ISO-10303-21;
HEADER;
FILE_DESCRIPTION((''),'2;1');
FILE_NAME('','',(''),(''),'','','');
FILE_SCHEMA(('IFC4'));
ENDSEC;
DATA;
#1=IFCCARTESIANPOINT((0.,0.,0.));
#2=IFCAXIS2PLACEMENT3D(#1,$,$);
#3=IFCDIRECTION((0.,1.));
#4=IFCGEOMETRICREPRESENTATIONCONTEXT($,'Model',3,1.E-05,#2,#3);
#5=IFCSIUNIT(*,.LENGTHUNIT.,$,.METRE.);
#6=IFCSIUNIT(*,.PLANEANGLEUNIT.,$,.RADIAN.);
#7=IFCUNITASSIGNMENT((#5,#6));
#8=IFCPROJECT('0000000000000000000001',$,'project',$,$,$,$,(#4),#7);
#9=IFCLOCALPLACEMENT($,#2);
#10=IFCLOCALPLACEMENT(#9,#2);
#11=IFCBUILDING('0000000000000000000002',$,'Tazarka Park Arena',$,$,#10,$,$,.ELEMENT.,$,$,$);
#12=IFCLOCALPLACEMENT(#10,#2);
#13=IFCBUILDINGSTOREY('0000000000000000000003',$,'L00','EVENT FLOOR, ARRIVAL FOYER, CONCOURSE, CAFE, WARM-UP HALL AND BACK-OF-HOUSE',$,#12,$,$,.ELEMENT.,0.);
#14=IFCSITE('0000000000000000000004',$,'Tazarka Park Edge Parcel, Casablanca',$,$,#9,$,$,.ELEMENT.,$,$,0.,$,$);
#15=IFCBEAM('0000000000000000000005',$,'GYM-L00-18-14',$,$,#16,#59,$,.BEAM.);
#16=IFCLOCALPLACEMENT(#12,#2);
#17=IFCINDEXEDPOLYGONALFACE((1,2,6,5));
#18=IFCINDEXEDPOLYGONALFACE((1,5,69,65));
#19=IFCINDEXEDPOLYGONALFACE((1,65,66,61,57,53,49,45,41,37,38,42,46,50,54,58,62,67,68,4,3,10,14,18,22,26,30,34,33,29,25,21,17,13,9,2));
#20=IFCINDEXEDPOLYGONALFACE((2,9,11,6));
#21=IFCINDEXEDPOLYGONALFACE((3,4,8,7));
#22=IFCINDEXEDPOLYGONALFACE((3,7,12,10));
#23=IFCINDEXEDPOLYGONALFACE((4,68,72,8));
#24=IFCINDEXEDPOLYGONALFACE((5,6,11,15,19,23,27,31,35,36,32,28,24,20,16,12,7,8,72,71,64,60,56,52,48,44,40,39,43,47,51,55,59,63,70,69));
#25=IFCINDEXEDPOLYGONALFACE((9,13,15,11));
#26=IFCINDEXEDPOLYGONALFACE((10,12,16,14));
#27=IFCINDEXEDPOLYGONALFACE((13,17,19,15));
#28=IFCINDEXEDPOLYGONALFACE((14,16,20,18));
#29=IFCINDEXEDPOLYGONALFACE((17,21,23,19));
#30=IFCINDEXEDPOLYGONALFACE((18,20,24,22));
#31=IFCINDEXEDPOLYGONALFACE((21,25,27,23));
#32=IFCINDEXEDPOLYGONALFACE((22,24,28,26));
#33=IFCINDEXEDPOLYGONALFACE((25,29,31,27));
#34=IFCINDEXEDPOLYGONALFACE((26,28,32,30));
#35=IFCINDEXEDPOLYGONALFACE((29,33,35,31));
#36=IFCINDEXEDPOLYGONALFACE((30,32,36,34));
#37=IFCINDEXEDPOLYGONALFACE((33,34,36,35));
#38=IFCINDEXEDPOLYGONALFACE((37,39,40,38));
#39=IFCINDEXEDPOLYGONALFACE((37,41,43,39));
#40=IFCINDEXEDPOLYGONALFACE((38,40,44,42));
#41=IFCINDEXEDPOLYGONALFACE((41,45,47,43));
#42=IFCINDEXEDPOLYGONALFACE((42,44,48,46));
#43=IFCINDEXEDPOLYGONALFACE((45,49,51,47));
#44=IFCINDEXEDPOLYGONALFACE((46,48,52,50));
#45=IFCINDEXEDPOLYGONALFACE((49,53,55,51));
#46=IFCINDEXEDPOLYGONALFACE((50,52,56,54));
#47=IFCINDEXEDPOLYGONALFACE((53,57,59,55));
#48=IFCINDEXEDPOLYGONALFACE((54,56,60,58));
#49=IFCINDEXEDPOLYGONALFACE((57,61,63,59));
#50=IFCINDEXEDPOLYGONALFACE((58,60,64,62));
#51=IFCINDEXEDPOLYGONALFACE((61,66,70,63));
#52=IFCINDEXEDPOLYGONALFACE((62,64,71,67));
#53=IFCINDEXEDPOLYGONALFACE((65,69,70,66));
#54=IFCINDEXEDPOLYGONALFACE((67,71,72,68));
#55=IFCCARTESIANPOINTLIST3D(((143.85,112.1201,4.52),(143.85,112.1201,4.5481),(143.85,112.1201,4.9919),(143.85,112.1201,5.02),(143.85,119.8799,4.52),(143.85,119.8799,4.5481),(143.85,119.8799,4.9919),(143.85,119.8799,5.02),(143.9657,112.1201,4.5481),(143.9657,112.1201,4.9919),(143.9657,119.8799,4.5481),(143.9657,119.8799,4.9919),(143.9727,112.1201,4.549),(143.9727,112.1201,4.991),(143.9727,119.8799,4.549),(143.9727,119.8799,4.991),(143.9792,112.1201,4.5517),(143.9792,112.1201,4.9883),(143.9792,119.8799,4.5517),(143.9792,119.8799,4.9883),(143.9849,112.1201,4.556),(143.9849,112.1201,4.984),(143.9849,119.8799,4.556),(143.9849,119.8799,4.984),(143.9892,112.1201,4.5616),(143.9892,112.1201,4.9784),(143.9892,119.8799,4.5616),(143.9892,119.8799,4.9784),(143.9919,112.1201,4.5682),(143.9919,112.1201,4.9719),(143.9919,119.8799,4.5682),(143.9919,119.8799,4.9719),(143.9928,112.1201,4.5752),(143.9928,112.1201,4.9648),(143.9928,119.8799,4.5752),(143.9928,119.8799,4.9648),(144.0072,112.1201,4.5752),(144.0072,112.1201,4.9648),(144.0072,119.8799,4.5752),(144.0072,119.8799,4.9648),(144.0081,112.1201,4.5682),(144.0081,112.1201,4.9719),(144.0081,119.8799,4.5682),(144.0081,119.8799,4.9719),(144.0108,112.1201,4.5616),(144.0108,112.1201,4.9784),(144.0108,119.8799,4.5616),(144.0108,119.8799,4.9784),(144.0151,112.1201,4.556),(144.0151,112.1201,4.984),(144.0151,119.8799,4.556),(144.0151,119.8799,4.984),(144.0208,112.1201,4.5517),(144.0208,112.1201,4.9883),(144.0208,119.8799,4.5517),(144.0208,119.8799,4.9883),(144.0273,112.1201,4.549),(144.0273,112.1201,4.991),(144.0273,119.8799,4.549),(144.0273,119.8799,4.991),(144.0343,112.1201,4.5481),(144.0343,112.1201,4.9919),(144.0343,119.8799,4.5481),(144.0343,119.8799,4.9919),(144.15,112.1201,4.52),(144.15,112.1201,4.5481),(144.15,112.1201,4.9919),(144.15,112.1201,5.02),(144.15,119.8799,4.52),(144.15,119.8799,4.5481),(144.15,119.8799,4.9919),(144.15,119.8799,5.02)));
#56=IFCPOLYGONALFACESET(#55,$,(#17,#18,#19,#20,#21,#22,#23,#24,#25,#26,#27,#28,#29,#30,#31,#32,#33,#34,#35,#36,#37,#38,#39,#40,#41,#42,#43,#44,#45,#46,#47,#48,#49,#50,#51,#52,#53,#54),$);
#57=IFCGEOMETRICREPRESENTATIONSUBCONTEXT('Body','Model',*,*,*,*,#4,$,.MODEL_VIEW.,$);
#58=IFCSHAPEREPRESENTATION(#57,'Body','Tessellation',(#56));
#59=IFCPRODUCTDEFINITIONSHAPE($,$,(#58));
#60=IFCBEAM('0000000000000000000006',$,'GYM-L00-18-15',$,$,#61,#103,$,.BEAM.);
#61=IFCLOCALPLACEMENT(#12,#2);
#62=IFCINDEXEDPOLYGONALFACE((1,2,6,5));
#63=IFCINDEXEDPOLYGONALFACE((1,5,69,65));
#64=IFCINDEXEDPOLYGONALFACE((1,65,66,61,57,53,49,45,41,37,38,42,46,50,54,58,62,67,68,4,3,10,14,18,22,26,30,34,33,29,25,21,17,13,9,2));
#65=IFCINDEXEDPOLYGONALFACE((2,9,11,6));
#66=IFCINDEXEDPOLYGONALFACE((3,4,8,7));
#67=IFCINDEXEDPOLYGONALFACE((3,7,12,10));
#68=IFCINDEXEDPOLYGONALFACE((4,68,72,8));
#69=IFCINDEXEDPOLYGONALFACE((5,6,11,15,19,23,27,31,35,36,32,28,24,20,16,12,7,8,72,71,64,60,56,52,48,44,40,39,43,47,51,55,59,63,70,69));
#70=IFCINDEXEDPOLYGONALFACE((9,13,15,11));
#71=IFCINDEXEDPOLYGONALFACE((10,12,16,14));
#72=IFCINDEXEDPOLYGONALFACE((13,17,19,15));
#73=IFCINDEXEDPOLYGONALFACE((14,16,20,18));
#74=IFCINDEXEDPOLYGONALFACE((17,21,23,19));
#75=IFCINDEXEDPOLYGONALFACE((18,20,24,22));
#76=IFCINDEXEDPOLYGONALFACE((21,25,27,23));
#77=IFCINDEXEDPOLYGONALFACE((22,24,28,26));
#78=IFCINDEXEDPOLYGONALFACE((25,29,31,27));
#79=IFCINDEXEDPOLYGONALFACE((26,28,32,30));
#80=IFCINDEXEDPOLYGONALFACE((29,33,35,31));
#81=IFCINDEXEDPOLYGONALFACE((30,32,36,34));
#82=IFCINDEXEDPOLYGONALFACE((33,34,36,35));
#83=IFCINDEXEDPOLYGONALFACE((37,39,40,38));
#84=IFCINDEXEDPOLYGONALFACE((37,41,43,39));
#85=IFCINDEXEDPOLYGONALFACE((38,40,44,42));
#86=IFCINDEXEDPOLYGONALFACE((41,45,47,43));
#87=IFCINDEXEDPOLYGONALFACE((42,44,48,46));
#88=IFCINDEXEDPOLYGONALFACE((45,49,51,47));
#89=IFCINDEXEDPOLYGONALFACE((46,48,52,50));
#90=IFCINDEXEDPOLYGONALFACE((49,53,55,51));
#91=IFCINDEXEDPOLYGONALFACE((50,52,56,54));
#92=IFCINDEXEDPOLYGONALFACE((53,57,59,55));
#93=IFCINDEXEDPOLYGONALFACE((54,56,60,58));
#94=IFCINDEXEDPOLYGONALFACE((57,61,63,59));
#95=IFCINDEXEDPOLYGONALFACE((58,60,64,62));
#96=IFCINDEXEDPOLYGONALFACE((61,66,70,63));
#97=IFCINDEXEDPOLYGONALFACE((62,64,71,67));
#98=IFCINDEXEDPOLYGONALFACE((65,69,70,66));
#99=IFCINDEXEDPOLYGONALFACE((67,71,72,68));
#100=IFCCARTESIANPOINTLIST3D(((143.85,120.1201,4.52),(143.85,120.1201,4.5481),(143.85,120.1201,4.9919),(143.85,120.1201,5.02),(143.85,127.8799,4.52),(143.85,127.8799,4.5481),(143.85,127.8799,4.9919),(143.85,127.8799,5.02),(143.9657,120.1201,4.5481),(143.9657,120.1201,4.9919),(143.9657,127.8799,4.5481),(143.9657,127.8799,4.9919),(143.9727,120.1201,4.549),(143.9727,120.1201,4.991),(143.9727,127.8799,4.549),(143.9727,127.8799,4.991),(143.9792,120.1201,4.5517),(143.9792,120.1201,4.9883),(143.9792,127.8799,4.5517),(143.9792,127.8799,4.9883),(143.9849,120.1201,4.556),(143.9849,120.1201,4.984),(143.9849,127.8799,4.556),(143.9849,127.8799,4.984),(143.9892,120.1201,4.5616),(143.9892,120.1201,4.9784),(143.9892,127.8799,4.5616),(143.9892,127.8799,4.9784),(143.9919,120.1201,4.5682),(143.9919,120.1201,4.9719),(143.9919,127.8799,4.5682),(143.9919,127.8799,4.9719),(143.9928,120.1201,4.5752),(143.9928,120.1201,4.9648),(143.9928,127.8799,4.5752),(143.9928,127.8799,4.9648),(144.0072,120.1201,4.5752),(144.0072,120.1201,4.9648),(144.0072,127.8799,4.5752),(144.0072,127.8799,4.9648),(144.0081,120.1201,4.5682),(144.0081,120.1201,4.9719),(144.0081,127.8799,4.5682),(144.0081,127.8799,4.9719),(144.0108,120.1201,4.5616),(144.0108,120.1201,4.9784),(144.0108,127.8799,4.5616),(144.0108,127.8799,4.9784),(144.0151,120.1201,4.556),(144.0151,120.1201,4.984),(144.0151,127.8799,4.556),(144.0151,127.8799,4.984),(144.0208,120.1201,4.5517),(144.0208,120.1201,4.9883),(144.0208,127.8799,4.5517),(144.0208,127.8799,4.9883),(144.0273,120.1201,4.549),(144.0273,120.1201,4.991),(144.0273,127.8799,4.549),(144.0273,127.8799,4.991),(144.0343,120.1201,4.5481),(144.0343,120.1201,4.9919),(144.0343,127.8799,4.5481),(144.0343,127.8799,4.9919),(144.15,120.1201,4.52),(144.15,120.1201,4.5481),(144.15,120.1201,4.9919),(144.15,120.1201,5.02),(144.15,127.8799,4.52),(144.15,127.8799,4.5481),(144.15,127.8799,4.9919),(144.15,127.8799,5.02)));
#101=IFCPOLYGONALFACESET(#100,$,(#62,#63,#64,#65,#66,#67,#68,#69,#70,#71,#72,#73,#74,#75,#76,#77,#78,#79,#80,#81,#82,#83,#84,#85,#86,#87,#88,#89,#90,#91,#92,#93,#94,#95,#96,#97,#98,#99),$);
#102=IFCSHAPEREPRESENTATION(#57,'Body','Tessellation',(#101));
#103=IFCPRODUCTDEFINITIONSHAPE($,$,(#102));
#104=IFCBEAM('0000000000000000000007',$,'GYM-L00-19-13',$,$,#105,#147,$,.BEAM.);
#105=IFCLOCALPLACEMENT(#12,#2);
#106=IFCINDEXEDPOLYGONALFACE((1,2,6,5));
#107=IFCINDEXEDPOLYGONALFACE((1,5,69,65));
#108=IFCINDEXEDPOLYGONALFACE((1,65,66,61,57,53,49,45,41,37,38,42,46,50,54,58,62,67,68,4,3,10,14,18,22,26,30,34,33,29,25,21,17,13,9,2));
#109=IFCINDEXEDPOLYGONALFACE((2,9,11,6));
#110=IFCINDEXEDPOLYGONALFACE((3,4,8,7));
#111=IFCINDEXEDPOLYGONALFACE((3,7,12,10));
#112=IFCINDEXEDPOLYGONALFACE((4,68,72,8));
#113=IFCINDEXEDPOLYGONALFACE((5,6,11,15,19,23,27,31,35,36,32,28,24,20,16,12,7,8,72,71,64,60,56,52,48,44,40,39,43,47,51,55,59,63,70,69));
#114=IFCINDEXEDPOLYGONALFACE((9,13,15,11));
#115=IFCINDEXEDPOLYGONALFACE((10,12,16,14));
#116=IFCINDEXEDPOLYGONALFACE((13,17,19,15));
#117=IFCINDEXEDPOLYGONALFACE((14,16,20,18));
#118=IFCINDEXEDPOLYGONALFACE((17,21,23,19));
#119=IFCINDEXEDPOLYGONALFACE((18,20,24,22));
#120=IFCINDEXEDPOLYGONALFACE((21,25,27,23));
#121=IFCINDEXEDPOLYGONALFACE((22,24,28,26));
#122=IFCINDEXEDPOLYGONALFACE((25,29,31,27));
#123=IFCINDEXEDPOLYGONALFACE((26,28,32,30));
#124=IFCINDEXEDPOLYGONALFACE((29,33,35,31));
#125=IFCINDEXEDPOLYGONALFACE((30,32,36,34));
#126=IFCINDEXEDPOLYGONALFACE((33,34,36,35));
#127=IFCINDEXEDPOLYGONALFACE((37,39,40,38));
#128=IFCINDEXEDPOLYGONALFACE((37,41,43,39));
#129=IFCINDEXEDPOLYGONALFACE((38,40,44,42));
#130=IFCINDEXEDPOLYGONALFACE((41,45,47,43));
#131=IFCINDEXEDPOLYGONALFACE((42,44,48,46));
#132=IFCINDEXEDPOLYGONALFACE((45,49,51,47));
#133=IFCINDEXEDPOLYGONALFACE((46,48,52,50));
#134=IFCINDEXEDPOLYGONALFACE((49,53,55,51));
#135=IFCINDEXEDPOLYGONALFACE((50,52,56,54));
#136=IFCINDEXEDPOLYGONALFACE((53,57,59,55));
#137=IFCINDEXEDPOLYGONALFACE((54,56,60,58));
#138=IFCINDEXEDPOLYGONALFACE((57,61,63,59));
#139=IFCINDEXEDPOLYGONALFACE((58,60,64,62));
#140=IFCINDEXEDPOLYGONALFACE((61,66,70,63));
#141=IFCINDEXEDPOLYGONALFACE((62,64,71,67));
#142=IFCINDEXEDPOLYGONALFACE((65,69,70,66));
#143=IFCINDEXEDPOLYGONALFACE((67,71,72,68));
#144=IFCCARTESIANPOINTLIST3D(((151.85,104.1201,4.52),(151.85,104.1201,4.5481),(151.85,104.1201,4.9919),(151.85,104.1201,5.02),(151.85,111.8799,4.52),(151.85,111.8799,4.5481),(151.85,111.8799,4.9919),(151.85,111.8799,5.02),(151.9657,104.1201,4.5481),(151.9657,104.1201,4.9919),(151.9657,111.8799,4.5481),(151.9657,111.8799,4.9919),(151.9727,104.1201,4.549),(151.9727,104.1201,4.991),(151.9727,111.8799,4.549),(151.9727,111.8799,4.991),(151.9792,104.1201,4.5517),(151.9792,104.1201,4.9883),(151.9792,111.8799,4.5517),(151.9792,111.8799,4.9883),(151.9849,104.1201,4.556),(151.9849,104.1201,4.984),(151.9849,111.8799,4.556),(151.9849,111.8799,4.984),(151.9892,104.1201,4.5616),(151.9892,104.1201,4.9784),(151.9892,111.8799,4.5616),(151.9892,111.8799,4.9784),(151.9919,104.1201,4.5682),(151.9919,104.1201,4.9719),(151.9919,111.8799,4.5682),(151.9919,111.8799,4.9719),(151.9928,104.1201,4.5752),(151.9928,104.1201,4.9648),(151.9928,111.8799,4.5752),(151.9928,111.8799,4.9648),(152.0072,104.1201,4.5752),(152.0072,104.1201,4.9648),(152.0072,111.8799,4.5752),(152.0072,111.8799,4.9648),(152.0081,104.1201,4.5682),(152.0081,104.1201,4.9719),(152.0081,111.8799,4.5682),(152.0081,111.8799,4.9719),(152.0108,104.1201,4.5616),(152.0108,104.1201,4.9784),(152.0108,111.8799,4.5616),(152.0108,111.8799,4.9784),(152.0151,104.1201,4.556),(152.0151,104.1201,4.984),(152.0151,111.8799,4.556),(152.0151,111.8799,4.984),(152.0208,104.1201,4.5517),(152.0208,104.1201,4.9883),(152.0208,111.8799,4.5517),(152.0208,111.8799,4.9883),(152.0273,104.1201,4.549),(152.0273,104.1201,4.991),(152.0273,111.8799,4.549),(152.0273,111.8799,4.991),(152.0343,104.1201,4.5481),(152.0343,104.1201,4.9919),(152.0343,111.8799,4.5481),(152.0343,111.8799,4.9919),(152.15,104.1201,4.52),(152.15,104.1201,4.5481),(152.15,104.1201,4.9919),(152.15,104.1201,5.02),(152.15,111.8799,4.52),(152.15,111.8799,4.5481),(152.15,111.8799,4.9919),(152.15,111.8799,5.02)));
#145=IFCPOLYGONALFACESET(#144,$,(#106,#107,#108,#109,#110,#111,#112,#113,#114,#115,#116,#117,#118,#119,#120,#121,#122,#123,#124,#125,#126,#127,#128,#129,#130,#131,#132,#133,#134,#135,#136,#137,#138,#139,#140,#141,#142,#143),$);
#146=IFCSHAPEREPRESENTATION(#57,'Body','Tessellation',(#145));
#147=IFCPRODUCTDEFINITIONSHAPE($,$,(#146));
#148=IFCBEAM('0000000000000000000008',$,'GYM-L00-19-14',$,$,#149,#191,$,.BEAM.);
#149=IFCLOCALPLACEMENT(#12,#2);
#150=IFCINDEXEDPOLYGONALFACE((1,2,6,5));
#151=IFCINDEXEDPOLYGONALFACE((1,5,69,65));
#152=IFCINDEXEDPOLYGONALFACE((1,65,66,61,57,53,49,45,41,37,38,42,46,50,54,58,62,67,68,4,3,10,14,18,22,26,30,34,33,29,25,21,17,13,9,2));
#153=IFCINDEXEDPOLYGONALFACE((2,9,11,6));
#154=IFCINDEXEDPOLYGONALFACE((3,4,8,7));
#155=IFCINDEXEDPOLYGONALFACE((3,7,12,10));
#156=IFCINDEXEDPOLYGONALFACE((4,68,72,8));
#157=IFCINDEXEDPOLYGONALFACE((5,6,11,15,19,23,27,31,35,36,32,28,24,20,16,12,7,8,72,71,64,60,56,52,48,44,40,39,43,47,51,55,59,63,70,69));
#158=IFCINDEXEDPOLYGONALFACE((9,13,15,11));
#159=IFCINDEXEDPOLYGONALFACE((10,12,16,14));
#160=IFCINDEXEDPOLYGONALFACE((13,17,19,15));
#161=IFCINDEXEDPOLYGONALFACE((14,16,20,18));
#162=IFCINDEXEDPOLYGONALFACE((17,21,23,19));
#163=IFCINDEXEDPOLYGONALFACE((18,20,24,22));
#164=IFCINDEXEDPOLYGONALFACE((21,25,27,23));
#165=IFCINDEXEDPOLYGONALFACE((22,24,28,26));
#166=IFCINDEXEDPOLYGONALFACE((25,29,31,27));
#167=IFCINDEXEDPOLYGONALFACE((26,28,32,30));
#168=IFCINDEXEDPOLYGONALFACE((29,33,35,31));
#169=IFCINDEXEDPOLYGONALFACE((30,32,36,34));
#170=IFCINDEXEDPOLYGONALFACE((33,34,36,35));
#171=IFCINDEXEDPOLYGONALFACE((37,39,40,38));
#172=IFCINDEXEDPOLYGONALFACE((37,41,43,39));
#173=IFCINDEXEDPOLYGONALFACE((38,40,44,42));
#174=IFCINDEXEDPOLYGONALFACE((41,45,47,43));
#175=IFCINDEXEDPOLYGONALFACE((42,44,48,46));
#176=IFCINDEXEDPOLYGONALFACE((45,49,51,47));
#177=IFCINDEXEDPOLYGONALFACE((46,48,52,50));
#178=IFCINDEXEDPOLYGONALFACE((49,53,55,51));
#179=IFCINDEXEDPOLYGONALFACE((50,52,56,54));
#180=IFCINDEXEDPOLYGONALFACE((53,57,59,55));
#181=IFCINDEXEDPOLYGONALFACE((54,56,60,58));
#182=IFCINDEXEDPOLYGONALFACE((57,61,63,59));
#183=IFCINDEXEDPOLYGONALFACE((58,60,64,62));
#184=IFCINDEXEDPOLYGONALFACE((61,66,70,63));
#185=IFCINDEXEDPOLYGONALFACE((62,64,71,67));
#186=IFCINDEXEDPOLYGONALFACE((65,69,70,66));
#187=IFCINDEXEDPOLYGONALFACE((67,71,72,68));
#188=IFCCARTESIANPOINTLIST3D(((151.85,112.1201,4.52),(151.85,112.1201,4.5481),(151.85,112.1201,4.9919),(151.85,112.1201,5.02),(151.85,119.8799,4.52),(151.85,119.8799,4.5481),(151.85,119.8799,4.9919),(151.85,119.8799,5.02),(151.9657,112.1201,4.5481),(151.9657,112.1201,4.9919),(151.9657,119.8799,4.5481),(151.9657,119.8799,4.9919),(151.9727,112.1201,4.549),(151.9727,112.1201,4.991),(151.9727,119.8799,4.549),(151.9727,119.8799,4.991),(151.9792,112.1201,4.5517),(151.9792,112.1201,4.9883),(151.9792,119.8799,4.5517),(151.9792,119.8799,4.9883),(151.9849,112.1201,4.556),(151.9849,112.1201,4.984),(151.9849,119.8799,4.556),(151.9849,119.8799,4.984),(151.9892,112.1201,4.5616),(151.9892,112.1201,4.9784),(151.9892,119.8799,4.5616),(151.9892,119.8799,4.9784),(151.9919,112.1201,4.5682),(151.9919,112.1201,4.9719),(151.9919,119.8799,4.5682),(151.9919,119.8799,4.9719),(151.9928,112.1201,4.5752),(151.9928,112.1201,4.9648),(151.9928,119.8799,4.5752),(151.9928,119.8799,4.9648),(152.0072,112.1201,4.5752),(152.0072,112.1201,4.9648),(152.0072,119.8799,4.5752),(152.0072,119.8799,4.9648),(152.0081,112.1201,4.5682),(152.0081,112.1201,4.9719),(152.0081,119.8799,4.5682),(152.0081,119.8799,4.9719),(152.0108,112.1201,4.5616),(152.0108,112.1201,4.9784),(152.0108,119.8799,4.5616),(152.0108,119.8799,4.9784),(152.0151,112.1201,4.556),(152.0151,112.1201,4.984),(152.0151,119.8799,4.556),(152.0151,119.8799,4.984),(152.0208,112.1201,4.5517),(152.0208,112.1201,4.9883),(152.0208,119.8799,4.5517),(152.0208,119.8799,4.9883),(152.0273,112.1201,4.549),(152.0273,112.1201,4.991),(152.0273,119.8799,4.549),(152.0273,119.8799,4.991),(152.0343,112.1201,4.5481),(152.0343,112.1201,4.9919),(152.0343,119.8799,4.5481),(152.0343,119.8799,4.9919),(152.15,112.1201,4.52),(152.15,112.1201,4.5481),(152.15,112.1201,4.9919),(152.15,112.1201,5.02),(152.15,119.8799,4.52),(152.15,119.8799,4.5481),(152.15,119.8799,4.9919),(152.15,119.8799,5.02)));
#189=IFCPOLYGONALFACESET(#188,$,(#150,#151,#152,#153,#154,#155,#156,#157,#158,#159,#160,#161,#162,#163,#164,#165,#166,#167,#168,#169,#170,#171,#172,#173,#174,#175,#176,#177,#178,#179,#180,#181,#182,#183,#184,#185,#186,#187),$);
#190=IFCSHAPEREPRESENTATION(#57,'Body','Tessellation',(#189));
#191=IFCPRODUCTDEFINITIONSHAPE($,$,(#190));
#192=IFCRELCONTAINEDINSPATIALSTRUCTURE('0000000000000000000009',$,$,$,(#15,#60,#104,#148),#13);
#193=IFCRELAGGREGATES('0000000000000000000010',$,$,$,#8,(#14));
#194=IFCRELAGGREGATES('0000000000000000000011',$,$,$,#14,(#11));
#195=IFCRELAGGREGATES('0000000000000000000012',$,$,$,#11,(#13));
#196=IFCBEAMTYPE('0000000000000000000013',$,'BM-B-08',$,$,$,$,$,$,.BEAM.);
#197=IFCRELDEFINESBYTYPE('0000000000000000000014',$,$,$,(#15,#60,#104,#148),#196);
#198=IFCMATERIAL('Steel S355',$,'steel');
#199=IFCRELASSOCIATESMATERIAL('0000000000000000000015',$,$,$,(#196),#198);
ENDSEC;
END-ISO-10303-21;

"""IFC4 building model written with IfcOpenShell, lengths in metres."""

from ifc_helpers import new_model, si_unit, direction, frame, origin, origin_2d, place, context, subcontext, project, spatial, i_section, extrude, material, material_profile, profile_set, type_object, element, save


model = new_model("IFC4")

# Units and contexts
model_context = context("Model", 3, precision=1e-05, world=origin(), true_north=direction((0.0, 1.0)))
body_context = subcontext(model_context, "Body", "Model", "MODEL_VIEW")
ifc_project = project(units=[si_unit("LENGTHUNIT", "METRE"), si_unit("PLANEANGLEUNIT", "RADIAN")], contexts=[model_context])

# Site, building, storey
site_placement = place(None, origin())
site = spatial("IfcSite", under=ifc_project, at=site_placement, Name="Tazarka Park Edge Parcel, Casablanca", CompositionType="ELEMENT", RefElevation=0.0)
building_placement = place(site_placement, origin())
building = spatial("IfcBuilding", under=site, at=building_placement, Name="Tazarka Park Arena", CompositionType="ELEMENT")
storey_placement = place(building_placement, origin())
storey = spatial("IfcBuildingStorey", under=building, at=storey_placement, Name="L00", Description="EVENT FLOOR, ARRIVAL FOYER, CONCOURSE, CAFE, WARM-UP HALL AND BACK-OF-HOUSE", CompositionType="ELEMENT", Elevation=0.0)

# Beams
ifc_material_1 = material(Name="Steel S355", Category="steel")
ifc_material_profile_1 = material_profile(ifc_material_1, i_section(OverallWidth=0.3, OverallDepth=0.5, WebThickness=0.0144, FlangeThickness=0.0281, FilletRadius=0.0271, at=origin_2d()), Name="Steel S355")
ifc_profile_set_1 = profile_set([ifc_material_profile_1], Name="Steel S355")
beam_type_1 = type_object("IfcBeamType", Name="BM-B-08", PredefinedType="BEAM", material=ifc_profile_set_1)
for number, where, z_axis, x_axis, name in (
    (1, (144.0, 112.1201, 4.77), (0.0, 1.0, 0.0), (-1.0, 0.0, 0.0), "GYM-L00-18-14"),
    (2, (144.0, 120.1201, 4.77), (0.0, 1.0, 0.0), (-1.0, 0.0, 0.0), "GYM-L00-18-15"),
    (3, (152.0, 104.1201, 4.77), (0.0, 1.0, 0.0), (-1.0, 0.0, 0.0), "GYM-L00-19-13"),
    (4, (152.0, 112.1201, 4.77), (0.0, 1.0, 0.0), (-1.0, 0.0, 0.0), "GYM-L00-19-14"),
):
    element("IfcBeam", number, at=place(storey_placement, frame(where, z_axis=z_axis, x_axis=x_axis)), inside=storey, type_object=beam_type_1, Name=name, PredefinedType="BEAM", context=body_context, shape_type="SweptSolid", body=[
        extrude(i_section(OverallWidth=0.3, OverallDepth=0.5, WebThickness=0.0144, FlangeThickness=0.0281, FilletRadius=0.0271, at=origin_2d()), origin(), (0.0, 0.0, 1.0), 7.7598),
    ])

save(model, "model.ifc")
